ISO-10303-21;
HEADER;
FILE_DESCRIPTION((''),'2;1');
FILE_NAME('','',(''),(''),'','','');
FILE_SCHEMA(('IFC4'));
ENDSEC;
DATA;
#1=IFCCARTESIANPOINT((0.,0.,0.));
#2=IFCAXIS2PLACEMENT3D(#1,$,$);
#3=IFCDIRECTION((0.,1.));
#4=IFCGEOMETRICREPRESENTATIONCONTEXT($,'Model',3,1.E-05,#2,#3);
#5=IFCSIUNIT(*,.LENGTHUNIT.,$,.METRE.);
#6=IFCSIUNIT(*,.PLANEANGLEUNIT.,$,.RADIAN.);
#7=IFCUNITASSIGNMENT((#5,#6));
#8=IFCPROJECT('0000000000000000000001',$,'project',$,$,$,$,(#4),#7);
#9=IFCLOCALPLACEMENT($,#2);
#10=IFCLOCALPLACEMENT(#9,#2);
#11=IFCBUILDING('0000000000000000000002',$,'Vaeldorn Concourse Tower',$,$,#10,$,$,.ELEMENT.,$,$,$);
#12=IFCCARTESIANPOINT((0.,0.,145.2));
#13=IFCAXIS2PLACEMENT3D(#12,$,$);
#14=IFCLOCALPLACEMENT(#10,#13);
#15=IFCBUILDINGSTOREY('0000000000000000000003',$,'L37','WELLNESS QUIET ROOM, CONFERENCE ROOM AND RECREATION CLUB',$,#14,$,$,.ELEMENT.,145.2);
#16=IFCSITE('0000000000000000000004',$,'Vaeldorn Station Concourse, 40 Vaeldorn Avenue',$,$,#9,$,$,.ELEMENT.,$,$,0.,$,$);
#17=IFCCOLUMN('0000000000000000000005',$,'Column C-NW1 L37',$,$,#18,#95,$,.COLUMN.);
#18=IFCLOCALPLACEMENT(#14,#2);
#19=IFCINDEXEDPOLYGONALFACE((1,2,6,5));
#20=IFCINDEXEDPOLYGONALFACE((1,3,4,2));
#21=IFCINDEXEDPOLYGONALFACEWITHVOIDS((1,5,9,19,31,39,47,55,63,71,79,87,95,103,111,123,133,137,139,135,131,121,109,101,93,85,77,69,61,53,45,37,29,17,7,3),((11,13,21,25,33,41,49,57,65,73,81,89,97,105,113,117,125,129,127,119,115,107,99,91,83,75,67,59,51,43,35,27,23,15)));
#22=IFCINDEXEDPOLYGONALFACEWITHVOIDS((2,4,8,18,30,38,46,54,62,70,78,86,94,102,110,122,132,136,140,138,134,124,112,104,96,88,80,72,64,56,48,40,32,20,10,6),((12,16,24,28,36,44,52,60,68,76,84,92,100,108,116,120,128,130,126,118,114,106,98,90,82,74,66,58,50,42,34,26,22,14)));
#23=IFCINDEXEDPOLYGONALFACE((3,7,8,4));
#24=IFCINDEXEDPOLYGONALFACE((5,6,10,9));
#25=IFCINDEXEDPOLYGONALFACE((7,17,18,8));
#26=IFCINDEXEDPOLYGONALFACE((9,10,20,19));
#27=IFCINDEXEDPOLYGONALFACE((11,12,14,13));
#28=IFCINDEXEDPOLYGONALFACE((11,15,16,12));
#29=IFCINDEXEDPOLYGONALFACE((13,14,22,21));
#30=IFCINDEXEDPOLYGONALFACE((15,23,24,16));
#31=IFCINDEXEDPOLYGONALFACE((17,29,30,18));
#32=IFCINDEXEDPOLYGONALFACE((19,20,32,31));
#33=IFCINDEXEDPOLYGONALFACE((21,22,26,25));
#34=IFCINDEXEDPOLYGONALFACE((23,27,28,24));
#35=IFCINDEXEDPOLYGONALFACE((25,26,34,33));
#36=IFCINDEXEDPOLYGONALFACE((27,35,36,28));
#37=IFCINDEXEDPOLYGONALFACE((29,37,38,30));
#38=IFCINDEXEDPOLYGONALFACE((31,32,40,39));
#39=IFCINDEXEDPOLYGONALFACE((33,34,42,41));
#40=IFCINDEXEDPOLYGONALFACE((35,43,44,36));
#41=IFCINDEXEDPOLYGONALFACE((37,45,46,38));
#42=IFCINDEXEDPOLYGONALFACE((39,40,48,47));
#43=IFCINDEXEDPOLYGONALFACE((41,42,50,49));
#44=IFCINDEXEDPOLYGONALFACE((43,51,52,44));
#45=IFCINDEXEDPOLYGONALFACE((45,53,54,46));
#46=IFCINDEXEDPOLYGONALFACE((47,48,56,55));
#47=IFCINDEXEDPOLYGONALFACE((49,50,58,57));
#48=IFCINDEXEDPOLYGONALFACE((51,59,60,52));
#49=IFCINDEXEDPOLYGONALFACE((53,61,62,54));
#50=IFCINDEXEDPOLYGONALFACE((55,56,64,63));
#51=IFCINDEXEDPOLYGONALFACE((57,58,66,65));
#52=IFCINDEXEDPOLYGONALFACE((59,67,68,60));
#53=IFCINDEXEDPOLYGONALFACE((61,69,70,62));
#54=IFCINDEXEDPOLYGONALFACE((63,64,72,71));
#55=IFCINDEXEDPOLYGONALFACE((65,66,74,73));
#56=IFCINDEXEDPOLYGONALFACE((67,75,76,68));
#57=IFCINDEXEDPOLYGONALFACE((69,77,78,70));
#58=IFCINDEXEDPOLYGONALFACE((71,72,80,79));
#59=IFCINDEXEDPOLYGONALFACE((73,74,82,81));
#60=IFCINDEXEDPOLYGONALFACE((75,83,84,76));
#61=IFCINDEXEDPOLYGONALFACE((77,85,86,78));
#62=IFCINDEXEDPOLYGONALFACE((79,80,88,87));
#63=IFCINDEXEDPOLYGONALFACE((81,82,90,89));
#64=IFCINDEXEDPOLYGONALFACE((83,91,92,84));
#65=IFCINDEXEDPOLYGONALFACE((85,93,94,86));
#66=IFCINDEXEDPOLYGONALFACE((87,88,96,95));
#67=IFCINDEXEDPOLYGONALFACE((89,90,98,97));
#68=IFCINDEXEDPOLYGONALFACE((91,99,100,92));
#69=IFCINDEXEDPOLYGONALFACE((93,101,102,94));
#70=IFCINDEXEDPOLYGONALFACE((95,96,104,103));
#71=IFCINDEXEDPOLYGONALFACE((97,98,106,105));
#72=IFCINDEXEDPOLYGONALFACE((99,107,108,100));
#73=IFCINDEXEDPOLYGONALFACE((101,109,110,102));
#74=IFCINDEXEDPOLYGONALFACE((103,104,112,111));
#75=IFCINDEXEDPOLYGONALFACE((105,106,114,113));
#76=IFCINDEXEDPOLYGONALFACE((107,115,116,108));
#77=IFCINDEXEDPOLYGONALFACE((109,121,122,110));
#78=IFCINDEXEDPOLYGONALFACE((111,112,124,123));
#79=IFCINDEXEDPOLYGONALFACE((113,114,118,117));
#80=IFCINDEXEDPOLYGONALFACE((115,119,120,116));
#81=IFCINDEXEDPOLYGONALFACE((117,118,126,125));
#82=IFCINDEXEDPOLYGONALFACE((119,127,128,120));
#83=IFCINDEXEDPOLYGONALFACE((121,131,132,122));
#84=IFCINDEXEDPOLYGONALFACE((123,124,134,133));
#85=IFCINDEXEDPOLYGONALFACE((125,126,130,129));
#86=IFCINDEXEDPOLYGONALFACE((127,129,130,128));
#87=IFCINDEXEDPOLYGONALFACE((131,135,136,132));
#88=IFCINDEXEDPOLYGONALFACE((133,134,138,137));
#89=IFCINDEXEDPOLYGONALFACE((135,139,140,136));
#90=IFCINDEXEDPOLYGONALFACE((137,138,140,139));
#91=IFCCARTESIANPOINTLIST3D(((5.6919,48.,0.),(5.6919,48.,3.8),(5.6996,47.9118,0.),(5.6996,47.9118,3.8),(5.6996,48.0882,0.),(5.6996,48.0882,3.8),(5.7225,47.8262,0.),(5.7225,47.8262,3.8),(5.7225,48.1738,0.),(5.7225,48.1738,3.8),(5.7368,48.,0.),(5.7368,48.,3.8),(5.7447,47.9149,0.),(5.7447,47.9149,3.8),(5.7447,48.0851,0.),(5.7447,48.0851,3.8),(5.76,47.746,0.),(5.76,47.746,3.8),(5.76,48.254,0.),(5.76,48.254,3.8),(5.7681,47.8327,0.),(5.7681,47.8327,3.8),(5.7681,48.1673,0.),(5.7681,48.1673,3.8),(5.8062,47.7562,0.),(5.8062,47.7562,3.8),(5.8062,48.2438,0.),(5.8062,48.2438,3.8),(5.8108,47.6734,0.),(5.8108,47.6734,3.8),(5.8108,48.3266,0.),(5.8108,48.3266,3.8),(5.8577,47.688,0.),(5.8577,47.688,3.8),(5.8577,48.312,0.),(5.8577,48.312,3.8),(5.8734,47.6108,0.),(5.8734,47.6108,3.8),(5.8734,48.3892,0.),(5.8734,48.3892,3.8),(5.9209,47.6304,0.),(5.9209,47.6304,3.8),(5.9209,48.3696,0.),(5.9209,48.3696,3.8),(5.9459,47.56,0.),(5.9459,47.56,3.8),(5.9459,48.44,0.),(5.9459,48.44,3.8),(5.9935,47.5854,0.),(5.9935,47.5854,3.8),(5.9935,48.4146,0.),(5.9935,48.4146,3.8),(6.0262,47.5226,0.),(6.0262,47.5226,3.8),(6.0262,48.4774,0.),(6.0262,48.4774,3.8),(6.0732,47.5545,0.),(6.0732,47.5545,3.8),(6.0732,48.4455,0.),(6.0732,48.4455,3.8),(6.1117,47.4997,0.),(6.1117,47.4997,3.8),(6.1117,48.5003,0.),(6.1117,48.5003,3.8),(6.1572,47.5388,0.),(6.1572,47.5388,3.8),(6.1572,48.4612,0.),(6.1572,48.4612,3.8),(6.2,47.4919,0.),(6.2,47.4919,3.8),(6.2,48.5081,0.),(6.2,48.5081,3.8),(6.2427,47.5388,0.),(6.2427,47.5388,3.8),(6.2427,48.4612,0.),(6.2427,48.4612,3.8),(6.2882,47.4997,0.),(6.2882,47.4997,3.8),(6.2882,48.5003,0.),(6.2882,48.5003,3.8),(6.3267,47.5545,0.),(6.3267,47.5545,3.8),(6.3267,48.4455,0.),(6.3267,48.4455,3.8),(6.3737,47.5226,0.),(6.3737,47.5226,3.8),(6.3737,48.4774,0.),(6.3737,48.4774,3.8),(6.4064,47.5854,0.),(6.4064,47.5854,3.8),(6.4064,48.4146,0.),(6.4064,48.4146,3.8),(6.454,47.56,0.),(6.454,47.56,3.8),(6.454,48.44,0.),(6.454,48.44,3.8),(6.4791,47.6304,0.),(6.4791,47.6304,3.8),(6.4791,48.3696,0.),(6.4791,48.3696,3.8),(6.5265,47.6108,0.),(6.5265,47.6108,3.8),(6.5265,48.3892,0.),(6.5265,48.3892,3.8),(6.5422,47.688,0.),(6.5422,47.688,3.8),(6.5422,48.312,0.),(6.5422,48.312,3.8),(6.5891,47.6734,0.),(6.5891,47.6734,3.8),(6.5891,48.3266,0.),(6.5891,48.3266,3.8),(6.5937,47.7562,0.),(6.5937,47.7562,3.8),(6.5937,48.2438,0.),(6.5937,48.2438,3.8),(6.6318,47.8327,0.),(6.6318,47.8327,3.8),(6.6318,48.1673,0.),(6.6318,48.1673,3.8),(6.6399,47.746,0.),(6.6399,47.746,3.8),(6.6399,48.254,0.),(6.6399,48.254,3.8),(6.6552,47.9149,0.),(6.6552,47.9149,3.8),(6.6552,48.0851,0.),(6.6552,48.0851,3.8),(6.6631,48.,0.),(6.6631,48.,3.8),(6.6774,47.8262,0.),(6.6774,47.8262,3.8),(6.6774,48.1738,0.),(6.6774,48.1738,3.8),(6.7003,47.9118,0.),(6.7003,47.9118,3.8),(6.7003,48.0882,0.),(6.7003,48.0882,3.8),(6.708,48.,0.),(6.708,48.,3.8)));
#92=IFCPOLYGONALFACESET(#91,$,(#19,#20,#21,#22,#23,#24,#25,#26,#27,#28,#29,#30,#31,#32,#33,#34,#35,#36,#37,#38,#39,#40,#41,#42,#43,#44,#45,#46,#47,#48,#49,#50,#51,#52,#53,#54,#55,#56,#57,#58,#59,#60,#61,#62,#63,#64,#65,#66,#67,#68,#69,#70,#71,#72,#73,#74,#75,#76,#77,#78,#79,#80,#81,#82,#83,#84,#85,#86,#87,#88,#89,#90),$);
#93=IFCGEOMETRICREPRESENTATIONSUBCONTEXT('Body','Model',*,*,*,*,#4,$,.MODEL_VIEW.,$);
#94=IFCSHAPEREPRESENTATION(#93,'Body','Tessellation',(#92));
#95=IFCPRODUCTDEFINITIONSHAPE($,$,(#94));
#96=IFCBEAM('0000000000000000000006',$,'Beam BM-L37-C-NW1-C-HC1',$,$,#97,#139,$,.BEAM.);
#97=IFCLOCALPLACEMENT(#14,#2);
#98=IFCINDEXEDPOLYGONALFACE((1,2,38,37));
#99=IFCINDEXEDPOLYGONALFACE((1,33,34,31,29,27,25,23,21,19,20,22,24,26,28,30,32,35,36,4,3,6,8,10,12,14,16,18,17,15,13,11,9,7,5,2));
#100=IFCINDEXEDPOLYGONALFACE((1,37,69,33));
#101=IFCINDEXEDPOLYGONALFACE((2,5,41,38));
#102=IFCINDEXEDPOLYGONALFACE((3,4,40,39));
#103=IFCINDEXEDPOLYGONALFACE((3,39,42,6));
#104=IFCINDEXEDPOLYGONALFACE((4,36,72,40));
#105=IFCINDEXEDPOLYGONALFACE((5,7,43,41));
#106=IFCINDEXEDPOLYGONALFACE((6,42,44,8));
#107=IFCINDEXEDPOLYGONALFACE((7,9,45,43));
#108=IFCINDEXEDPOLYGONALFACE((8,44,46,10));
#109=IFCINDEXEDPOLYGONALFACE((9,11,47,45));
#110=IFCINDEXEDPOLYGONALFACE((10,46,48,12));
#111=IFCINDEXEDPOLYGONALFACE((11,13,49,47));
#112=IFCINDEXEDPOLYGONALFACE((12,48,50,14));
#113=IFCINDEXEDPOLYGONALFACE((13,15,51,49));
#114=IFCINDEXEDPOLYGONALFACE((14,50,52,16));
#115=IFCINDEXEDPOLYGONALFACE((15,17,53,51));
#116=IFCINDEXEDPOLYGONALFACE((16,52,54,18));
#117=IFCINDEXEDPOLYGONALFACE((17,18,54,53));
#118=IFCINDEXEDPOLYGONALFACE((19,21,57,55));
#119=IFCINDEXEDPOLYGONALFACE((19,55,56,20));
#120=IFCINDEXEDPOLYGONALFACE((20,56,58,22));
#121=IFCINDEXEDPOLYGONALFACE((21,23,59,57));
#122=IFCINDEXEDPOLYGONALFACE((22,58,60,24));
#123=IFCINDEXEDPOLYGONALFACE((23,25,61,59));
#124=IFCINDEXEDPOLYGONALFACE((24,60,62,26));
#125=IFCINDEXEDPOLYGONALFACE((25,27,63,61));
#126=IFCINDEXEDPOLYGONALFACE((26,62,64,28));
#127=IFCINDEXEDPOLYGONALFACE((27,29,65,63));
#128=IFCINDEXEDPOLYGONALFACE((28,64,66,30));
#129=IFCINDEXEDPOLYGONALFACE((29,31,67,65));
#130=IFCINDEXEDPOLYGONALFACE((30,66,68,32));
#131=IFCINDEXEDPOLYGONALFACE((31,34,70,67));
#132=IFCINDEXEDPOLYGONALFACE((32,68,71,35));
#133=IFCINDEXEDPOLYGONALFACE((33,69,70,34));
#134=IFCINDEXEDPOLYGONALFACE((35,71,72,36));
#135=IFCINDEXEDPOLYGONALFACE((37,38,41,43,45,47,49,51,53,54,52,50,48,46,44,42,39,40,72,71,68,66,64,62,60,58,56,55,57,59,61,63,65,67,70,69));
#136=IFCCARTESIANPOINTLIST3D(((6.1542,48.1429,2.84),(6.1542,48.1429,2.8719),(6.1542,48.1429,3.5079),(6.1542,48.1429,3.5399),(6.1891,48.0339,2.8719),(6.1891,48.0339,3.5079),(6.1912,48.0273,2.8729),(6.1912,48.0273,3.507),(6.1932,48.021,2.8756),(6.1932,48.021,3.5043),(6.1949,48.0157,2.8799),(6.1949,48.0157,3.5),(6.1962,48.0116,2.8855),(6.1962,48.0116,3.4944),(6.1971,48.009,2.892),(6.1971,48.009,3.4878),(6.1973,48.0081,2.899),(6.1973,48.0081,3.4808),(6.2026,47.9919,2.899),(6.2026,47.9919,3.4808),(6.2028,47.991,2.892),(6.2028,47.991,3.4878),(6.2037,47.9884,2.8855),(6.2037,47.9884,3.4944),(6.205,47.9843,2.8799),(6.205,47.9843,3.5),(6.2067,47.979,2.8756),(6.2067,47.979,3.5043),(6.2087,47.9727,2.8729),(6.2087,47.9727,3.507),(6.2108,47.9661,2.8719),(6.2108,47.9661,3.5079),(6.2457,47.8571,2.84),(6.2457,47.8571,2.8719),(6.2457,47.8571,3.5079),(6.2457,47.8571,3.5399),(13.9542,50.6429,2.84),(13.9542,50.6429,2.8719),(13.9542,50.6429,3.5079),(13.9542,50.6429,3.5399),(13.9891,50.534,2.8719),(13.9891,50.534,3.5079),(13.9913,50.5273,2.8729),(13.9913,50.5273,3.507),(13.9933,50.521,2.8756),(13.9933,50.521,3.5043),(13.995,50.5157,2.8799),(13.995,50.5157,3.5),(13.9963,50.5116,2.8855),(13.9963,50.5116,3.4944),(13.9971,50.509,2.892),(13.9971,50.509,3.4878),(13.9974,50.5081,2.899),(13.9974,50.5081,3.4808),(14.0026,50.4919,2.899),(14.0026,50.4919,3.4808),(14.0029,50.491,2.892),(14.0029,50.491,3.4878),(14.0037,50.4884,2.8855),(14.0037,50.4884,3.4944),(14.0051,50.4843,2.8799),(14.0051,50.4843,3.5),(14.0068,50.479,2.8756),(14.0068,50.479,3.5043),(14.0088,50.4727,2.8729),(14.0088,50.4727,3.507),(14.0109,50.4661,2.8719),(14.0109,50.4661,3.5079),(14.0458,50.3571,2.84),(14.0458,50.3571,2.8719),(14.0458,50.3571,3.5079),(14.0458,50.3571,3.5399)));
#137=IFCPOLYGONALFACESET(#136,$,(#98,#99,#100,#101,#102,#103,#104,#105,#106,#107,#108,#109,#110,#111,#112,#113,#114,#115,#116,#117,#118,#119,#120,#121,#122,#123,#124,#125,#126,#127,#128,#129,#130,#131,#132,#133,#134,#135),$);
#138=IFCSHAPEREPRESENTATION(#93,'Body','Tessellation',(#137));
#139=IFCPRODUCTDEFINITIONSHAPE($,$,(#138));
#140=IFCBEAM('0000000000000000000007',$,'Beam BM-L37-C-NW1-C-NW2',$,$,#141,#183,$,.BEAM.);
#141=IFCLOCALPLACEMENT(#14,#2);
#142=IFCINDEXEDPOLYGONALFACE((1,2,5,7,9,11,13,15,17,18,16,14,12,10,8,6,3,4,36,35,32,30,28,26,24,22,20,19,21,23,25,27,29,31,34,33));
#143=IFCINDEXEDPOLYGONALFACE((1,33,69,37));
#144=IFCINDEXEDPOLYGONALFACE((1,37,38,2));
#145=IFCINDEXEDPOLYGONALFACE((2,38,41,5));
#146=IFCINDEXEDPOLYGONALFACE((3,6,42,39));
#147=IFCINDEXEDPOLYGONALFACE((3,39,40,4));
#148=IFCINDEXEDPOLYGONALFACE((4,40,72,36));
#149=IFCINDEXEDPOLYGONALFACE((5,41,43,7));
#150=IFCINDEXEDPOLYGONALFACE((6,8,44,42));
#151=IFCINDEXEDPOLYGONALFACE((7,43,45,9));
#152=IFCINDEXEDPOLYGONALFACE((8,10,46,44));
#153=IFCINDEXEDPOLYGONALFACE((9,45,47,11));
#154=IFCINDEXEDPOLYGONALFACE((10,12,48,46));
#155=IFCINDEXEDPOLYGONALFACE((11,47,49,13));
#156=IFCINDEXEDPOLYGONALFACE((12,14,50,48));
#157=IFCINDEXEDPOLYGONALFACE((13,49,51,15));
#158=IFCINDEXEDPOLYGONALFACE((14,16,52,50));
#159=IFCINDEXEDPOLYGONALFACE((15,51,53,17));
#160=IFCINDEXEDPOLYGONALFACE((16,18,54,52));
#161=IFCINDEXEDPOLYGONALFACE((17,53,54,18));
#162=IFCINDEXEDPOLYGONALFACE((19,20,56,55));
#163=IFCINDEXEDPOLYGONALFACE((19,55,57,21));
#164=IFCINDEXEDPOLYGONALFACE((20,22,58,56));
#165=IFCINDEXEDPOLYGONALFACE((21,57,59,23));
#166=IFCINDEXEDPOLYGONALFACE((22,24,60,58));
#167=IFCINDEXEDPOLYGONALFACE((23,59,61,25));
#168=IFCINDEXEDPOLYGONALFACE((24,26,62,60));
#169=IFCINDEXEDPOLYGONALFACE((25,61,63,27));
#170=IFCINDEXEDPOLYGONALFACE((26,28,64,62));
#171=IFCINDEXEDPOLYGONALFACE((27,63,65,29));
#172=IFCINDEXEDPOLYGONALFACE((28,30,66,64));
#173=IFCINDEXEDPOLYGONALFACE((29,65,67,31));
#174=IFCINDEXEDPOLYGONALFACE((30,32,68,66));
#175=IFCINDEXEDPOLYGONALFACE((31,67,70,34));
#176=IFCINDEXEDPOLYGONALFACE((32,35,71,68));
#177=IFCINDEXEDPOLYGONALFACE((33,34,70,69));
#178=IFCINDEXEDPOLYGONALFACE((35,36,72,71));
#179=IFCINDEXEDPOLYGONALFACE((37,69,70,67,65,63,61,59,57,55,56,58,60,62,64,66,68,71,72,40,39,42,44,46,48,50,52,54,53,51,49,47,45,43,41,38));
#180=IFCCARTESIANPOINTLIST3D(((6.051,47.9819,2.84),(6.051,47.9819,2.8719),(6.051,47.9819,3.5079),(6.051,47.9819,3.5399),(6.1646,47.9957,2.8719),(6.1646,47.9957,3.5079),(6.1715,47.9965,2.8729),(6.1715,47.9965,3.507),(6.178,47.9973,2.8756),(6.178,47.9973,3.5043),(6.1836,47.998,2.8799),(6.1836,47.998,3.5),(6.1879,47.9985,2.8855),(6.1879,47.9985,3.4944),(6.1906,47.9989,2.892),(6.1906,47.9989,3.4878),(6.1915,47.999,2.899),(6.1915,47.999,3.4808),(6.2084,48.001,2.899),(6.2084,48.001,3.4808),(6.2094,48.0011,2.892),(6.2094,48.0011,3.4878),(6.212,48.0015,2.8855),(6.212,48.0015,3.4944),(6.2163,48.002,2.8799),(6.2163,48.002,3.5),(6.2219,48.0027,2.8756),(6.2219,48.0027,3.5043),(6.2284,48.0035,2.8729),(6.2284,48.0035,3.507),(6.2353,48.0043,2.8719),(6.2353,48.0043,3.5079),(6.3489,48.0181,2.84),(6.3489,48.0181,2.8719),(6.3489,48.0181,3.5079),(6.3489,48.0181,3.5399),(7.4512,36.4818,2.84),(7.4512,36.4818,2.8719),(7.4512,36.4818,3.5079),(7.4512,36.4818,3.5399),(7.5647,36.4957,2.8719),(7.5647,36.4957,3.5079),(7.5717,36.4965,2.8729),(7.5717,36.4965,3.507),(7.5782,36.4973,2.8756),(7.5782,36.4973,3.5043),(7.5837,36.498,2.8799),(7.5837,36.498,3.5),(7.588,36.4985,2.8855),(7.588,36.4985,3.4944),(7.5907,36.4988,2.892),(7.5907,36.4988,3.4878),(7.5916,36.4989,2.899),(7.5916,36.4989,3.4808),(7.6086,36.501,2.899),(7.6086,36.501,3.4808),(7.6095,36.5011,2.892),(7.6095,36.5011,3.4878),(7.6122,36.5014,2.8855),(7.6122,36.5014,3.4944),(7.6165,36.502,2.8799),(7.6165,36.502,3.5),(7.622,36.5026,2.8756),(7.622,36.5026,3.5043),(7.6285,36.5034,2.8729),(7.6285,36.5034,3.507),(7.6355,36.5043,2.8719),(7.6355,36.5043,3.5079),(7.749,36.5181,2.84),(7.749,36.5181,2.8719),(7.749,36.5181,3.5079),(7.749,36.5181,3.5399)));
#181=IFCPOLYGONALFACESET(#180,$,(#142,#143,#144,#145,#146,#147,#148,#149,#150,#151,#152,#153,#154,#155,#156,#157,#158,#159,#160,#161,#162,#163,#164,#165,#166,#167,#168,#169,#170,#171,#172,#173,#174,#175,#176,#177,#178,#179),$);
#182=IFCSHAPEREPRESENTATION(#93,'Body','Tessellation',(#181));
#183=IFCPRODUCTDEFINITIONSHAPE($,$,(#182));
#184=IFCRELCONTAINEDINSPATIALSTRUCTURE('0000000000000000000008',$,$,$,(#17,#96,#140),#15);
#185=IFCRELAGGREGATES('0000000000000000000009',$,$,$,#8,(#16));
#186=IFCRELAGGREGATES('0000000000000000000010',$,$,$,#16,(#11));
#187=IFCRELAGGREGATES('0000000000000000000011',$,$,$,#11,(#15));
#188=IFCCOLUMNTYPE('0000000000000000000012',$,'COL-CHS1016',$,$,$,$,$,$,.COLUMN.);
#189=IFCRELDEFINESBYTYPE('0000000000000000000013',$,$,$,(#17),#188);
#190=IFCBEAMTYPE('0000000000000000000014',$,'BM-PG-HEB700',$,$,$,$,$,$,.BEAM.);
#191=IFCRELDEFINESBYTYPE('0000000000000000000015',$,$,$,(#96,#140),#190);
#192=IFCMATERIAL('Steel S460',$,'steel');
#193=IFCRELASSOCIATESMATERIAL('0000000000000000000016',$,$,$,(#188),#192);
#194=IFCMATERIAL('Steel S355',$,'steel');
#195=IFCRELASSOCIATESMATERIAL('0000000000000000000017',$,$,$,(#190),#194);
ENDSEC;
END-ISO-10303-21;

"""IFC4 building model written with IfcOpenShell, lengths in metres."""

from ifc_helpers import new_model, si_unit, direction, frame, origin, origin_2d, place, context, subcontext, project, spatial, hollow_circle, i_section, extrude, source, transform, mapped, material, material_profile, profile_set, type_object, element, save


model = new_model("IFC4")

# Units and contexts
model_context = context("Model", 3, precision=1e-05, world=origin(), true_north=direction((0.0, 1.0)))
body_context = subcontext(model_context, "Body", "Model", "MODEL_VIEW")
ifc_project = project(units=[si_unit("LENGTHUNIT", "METRE"), si_unit("PLANEANGLEUNIT", "RADIAN")], contexts=[model_context])

# Site, building, storey
site_placement = place(None, origin())
site = spatial("IfcSite", under=ifc_project, at=site_placement, Name="Vaeldorn Station Concourse, 40 Vaeldorn Avenue", CompositionType="ELEMENT", RefElevation=0.0)
building_placement = place(site_placement, origin())
building = spatial("IfcBuilding", under=site, at=building_placement, Name="Vaeldorn Concourse Tower", CompositionType="ELEMENT")
storey_placement = place(building_placement, frame((0.0, 0.0, 145.2)))
storey = spatial("IfcBuildingStorey", under=building, at=storey_placement, Name="L37", Description="WELLNESS QUIET ROOM, CONFERENCE ROOM AND RECREATION CLUB", CompositionType="ELEMENT", Elevation=145.2)

# Column
ifc_material_1 = material(Name="Steel S460", Category="steel")
ifc_material_profile_1 = material_profile(ifc_material_1, hollow_circle(Radius=0.5081, WallThickness=0.0449, at=origin_2d()), Name="CHS 1016x45")
ifc_profile_set_1 = profile_set([ifc_material_profile_1], Name="Steel S460")
column_type = type_object("IfcColumnType", Name="COL-CHS1016", PredefinedType="COLUMN", material=ifc_profile_set_1)
shared_shape_1 = source(origin(), body_context, "Body", "SweptSolid", [
    extrude(hollow_circle(Radius=0.5081, WallThickness=0.0449, at=origin_2d()), origin(), (0.0, 0.0, 1.0), 3.8),
])
column_placement = place(storey_placement, frame((6.2, 48.0, 0.0), z_axis=(0.0, 0.0, 1.0), x_axis=(1.0, 0.0, 0.0)))
element("IfcColumn", 1, at=column_placement, inside=storey, type_object=column_type, Name="Column C-NW1 L37", PredefinedType="COLUMN", context=body_context, shape_type="MappedRepresentation", body=[
    mapped(shared_shape_1, transform((0.0, 0.0, 0.0), scale=1.0)),
])

# Beams
ifc_material_2 = material(Name="Steel S355", Category="steel")
ifc_material_profile_2 = material_profile(ifc_material_2, i_section(OverallWidth=0.3, OverallDepth=0.7, WebThickness=0.0171, FlangeThickness=0.032, FilletRadius=0.0271, at=origin_2d()), Name="HEB 700")
ifc_profile_set_2 = profile_set([ifc_material_profile_2], Name="Steel S355")
beam_type_1 = type_object("IfcBeamType", Name="BM-PG-HEB700", PredefinedType="BEAM", material=ifc_profile_set_2)
shared_shape_2 = source(origin(), body_context, "Body", "SweptSolid", [
    extrude(i_section(OverallWidth=0.3, OverallDepth=0.7, WebThickness=0.0171, FlangeThickness=0.032, FilletRadius=0.0271, at=origin_2d()), origin(), (0.0, 0.0, 1.0), 8.1909),
])
beam_1_placement = place(storey_placement, frame((6.2, 48.0, 3.1899), z_axis=(0.952283, 0.305217, 0.0), x_axis=(-0.305217, 0.952283, 0.0)))
element("IfcBeam", 2, at=beam_1_placement, inside=storey, type_object=beam_type_1, Name="Beam BM-L37-C-NW1-C-HC1", PredefinedType="BEAM", context=body_context, shape_type="MappedRepresentation", body=[
    mapped(shared_shape_2, transform((0.0, 0.0, 0.0), scale=1.0)),
])
shared_shape_3 = source(origin(), body_context, "Body", "SweptSolid", [
    extrude(i_section(OverallWidth=0.3, OverallDepth=0.7, WebThickness=0.0171, FlangeThickness=0.032, FilletRadius=0.0271, at=origin_2d()), origin(), (0.0, 0.0, 1.0), 11.585),
])
beam_2_placement = place(storey_placement, frame((6.2, 48.0, 3.1899), z_axis=(0.120859, -0.99267, 0.0), x_axis=(0.99267, 0.120859, 0.0)))
element("IfcBeam", 3, at=beam_2_placement, inside=storey, type_object=beam_type_1, Name="Beam BM-L37-C-NW1-C-NW2", PredefinedType="BEAM", context=body_context, shape_type="MappedRepresentation", body=[
    mapped(shared_shape_3, transform((0.0, 0.0, 0.0), scale=1.0)),
])

save(model, "model.ifc")
